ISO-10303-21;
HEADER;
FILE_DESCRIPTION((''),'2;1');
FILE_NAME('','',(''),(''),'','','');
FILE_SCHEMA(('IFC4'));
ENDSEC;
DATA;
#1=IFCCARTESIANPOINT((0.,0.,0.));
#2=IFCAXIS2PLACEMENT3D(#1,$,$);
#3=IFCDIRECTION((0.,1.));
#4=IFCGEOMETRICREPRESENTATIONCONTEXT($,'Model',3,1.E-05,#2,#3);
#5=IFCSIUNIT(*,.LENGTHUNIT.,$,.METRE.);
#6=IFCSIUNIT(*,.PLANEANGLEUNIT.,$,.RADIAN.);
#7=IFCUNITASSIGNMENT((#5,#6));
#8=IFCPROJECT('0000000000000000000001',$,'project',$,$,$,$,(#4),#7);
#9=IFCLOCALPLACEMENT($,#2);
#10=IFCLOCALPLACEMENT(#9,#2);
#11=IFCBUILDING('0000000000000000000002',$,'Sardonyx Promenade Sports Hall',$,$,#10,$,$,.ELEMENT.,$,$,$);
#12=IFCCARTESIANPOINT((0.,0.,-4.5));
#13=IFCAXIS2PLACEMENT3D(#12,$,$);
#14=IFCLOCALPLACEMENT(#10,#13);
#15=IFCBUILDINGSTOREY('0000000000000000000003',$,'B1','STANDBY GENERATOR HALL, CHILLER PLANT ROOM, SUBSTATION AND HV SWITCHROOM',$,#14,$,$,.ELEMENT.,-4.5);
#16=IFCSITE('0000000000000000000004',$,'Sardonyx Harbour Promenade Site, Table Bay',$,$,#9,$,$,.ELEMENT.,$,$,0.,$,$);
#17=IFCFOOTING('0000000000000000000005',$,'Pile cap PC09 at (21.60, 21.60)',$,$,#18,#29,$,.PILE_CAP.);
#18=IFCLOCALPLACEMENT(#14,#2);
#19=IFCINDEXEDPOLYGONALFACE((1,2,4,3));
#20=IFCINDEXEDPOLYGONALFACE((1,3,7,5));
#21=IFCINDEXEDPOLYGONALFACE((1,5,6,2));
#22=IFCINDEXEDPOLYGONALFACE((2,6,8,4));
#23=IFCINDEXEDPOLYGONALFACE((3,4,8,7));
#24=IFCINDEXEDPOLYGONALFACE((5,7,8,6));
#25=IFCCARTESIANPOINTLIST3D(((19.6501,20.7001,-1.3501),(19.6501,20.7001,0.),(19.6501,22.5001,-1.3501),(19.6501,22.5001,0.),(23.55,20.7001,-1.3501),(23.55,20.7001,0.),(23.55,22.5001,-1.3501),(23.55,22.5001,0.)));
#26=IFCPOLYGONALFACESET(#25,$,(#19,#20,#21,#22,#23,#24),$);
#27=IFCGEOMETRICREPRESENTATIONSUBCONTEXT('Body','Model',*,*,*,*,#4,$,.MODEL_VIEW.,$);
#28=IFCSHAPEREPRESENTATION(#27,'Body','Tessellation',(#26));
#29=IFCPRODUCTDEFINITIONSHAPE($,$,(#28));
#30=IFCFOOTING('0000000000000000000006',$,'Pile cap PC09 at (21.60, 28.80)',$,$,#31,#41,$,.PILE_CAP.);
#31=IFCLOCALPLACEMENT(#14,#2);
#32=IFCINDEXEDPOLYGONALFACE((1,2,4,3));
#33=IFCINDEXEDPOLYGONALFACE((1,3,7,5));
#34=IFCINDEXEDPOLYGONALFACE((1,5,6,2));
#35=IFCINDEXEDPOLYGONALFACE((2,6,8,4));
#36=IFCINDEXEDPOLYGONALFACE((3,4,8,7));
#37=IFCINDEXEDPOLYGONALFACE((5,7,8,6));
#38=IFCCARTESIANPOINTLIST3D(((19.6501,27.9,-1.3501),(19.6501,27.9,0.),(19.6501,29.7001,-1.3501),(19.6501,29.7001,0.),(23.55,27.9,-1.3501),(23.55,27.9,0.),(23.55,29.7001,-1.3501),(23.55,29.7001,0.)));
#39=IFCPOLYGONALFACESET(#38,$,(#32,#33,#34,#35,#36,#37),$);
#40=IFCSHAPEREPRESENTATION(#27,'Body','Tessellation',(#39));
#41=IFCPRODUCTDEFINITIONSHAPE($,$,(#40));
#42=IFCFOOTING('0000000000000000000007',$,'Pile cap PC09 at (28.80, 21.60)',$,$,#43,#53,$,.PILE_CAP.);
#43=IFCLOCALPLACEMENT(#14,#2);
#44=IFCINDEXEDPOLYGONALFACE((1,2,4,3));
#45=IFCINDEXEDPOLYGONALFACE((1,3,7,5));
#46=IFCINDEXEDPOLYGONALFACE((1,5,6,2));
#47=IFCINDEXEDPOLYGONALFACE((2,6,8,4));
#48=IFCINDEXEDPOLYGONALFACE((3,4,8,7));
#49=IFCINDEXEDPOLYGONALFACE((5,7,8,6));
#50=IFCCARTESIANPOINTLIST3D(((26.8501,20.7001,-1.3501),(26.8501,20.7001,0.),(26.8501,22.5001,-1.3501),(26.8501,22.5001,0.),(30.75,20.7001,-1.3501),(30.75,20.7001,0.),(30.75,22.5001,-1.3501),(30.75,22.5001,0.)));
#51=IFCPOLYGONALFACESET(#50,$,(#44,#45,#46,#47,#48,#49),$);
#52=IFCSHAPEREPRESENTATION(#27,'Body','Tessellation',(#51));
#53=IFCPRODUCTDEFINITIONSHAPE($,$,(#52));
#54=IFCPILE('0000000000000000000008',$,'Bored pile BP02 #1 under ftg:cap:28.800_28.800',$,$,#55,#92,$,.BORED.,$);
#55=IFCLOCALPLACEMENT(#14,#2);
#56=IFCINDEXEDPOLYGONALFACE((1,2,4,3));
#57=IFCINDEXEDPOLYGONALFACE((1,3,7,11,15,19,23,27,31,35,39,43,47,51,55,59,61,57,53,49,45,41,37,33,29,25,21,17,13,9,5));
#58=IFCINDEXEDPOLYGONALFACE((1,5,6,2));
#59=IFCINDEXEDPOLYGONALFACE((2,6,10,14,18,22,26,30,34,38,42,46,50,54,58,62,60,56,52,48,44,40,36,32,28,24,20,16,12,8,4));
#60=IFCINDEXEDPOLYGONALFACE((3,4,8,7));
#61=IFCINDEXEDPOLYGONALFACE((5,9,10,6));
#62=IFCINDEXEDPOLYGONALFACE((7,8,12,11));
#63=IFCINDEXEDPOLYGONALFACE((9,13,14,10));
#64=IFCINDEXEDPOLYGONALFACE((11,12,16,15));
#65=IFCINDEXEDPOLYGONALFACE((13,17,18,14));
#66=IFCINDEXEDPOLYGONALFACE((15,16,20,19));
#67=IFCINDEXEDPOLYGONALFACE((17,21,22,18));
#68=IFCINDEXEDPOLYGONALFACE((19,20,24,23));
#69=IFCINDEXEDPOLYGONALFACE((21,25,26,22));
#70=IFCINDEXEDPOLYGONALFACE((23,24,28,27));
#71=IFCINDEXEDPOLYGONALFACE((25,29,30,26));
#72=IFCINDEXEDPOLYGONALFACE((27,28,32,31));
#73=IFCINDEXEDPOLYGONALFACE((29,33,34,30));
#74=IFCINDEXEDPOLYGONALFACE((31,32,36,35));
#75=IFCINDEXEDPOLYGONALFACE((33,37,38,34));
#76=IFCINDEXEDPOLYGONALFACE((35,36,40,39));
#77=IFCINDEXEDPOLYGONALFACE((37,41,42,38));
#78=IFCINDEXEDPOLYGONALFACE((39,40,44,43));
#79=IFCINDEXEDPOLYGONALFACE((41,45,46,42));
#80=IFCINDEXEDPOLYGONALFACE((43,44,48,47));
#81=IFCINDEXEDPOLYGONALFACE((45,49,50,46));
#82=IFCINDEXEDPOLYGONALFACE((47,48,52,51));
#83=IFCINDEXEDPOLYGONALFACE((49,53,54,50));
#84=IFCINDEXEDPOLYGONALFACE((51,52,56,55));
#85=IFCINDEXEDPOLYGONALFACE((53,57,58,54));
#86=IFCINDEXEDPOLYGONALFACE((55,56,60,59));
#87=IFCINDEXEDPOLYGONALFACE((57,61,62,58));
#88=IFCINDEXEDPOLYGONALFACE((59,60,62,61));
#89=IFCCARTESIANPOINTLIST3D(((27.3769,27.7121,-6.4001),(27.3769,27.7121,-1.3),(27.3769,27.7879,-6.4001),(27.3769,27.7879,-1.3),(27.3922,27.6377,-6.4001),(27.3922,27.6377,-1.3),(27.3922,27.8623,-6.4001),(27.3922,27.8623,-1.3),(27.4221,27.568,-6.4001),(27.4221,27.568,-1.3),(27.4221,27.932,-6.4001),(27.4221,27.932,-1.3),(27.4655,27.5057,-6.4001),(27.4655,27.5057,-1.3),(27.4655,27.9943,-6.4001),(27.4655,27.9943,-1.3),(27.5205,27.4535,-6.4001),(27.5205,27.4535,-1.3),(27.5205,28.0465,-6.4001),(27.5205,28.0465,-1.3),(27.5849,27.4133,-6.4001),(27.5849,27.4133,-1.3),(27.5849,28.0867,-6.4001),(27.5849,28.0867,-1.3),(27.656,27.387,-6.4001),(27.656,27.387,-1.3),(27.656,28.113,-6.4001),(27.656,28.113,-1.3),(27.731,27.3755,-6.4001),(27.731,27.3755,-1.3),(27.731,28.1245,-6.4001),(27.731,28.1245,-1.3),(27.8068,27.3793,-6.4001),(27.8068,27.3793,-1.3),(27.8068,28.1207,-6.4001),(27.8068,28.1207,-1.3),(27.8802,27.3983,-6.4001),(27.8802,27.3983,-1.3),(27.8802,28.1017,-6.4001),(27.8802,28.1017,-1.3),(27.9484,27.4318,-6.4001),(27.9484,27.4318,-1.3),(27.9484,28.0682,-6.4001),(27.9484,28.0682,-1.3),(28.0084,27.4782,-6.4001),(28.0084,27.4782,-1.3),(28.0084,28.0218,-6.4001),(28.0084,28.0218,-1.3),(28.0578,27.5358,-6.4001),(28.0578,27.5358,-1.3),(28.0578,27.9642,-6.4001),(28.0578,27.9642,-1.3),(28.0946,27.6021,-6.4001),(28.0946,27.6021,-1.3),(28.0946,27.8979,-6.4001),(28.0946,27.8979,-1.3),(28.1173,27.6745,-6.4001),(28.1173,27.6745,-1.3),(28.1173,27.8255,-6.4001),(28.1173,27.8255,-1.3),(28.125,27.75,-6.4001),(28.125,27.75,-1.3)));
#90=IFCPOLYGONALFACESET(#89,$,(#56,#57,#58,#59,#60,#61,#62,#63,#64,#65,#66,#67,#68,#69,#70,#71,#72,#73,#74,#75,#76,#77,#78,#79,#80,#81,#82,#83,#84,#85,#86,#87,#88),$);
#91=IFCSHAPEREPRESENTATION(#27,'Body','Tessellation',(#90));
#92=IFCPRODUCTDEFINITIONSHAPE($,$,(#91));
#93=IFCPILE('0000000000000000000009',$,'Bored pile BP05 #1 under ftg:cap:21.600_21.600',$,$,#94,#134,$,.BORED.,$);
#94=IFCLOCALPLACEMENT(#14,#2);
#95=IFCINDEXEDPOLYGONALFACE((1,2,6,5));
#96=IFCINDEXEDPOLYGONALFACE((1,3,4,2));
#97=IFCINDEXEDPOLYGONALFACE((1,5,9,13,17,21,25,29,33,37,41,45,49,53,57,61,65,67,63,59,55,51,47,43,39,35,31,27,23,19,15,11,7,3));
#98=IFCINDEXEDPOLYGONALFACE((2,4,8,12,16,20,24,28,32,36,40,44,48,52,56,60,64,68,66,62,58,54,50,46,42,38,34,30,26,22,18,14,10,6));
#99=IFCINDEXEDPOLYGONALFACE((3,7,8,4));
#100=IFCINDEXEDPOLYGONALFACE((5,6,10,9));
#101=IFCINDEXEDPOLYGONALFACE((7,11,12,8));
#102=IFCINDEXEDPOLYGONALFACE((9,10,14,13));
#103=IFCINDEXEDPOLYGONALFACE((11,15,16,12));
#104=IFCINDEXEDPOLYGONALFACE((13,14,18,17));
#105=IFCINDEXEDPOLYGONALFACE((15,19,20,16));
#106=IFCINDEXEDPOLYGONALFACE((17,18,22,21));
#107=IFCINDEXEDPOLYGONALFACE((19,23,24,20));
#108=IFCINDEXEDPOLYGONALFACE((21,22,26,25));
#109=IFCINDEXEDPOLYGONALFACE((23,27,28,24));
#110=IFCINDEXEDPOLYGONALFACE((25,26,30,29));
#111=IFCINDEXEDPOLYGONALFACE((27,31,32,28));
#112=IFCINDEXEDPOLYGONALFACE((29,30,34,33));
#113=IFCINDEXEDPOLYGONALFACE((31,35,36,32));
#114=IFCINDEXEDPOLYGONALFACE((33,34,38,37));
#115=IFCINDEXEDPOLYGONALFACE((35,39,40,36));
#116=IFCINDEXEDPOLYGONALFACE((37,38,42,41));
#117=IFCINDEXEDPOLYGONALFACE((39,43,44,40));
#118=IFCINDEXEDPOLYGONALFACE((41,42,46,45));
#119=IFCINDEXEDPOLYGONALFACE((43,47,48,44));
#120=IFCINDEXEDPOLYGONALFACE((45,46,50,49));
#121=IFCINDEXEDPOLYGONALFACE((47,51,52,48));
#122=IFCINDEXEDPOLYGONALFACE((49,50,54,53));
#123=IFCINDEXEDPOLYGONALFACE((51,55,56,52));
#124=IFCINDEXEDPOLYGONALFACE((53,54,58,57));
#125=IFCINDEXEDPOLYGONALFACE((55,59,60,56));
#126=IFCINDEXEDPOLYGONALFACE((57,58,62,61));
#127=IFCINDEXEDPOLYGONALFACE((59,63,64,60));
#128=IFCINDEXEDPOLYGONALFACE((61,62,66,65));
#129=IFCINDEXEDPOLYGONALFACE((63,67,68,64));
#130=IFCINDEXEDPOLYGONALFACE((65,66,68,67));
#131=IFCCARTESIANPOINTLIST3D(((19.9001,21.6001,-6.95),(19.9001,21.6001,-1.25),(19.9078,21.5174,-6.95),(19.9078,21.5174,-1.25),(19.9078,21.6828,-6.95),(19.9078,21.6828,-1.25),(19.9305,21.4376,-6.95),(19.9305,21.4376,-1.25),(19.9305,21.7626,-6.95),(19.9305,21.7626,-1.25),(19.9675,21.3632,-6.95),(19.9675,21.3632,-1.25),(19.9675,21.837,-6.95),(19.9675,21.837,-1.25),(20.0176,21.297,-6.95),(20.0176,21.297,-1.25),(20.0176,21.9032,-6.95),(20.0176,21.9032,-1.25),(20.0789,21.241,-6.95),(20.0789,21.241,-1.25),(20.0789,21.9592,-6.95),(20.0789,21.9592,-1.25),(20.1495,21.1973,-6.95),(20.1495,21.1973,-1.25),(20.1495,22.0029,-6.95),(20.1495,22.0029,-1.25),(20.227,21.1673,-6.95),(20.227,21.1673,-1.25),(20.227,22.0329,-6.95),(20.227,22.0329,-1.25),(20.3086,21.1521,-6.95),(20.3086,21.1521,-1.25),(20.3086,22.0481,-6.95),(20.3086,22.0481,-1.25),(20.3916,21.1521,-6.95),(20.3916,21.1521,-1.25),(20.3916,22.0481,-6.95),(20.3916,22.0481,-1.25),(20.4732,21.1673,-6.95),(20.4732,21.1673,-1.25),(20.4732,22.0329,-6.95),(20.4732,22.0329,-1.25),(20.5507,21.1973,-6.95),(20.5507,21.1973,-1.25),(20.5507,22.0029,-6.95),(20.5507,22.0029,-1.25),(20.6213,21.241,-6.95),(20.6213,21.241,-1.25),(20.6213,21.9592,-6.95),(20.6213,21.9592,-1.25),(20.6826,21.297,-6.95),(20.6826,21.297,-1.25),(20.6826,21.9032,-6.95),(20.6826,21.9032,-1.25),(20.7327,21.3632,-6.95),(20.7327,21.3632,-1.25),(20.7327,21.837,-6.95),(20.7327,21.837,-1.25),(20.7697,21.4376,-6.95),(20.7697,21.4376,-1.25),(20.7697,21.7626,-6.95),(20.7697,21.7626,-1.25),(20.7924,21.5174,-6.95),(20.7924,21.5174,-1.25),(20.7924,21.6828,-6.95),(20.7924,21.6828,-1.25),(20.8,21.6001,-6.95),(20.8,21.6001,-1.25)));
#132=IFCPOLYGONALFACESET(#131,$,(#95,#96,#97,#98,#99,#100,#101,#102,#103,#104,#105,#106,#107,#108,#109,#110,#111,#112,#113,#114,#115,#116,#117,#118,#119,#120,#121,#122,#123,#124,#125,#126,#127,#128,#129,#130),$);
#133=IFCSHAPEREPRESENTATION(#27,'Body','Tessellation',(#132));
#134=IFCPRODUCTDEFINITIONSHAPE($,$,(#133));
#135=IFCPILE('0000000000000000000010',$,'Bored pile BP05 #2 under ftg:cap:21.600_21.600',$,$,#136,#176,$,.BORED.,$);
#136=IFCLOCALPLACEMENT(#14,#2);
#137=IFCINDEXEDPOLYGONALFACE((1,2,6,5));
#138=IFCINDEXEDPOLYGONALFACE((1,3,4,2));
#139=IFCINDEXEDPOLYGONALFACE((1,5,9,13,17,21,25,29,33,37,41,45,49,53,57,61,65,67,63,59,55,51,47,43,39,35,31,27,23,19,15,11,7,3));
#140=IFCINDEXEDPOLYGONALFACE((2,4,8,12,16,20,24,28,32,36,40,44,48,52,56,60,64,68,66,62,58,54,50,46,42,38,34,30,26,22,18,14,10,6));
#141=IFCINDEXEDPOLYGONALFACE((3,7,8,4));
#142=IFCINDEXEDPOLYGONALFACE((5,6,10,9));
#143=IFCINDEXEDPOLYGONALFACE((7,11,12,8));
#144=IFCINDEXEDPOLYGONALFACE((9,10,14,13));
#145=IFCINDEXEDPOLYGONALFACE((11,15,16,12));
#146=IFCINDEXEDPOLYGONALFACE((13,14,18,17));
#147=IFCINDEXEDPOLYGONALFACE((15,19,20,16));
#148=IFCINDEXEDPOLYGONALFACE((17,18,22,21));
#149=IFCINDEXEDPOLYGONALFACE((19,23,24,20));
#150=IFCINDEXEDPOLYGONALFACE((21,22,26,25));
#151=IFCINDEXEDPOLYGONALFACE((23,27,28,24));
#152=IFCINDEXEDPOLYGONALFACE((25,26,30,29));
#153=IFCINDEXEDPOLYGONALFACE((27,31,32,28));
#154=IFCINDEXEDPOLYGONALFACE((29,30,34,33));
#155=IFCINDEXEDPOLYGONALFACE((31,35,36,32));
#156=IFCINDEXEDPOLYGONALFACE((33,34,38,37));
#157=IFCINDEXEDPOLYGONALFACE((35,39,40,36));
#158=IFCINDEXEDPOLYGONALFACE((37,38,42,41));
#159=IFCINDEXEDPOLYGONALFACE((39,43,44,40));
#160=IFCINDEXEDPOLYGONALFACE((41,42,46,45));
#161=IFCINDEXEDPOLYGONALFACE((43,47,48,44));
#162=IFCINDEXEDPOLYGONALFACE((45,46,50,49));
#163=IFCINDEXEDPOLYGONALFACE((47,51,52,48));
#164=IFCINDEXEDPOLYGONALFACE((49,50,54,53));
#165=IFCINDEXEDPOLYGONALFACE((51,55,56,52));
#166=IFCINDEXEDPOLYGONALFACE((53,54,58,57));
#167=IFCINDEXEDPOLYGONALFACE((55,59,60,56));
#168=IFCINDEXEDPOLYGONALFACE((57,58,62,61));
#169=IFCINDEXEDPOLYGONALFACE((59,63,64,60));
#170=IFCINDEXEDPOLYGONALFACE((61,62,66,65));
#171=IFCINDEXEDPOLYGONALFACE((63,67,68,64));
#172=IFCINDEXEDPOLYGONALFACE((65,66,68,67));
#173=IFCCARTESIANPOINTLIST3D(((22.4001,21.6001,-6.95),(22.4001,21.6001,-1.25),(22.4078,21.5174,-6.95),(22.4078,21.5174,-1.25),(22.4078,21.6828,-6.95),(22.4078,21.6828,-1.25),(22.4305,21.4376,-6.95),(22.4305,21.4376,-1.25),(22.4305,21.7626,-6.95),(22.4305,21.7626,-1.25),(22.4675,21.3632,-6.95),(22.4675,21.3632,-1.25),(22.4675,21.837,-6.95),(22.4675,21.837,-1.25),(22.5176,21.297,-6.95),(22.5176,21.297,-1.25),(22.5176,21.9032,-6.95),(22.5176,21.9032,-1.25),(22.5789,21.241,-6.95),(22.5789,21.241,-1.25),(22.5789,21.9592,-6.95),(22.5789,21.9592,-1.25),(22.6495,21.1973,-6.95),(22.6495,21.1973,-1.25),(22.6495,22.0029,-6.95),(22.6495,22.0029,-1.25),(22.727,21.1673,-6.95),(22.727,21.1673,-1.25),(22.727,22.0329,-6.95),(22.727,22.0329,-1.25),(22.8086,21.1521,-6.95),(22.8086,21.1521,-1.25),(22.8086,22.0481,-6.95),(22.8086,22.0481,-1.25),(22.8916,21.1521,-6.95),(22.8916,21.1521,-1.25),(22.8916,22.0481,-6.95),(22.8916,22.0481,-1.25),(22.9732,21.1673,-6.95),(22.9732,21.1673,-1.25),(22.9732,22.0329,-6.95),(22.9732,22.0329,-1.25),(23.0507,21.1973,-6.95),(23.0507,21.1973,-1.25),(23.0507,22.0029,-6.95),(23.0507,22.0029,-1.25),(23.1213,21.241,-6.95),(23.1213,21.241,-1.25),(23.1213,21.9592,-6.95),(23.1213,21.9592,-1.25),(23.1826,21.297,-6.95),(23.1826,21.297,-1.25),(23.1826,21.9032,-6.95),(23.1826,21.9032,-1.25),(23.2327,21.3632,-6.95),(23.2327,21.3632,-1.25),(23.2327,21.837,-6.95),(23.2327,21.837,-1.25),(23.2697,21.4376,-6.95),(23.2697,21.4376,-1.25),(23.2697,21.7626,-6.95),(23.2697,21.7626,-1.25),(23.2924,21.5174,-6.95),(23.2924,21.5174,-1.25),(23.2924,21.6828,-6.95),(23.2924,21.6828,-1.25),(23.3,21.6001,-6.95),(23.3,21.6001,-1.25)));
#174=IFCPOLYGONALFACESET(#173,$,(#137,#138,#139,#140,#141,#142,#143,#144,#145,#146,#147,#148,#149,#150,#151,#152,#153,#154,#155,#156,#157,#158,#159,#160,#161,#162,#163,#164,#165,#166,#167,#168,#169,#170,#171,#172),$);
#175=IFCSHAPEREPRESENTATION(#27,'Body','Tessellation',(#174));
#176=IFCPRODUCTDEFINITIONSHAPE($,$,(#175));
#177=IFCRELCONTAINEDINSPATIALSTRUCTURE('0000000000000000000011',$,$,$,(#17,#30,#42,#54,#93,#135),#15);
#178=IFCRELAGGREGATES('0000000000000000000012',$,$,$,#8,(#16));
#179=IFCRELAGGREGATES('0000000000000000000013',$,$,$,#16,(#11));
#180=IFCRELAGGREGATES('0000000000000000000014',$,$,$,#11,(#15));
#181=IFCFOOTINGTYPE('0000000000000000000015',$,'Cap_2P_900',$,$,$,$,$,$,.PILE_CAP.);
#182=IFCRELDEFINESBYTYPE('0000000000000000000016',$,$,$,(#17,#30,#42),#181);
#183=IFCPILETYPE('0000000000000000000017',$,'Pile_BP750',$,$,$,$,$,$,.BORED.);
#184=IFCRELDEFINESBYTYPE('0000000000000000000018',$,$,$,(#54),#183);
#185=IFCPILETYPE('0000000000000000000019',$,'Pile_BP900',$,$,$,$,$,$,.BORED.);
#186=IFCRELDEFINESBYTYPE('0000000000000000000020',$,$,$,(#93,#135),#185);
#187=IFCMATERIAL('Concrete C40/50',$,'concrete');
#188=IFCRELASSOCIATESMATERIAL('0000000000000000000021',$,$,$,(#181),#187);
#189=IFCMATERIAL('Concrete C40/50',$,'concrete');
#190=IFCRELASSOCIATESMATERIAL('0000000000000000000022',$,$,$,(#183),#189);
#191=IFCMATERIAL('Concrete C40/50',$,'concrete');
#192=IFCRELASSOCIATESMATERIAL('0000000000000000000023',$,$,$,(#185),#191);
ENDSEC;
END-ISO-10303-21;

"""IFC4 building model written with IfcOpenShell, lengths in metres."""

from ifc_helpers import new_model, si_unit, direction, frame, origin, origin_2d, place, context, subcontext, project, spatial, rectangle, circle, extrude, material, material_profile, profile_set, type_object, element, save


model = new_model("IFC4")

# Units and contexts
model_context = context("Model", 3, precision=1e-05, world=origin(), true_north=direction((0.0, 1.0)))
body_context = subcontext(model_context, "Body", "Model", "MODEL_VIEW")
ifc_project = project(units=[si_unit("LENGTHUNIT", "METRE"), si_unit("PLANEANGLEUNIT", "RADIAN")], contexts=[model_context])

# Site, building, storey
site_placement = place(None, origin())
site = spatial("IfcSite", under=ifc_project, at=site_placement, Name="Sardonyx Harbour Promenade Site, Table Bay", CompositionType="ELEMENT", RefElevation=0.0)
building_placement = place(site_placement, origin())
building = spatial("IfcBuilding", under=site, at=building_placement, Name="Sardonyx Promenade Sports Hall", CompositionType="ELEMENT")
storey_placement = place(building_placement, frame((0.0, 0.0, -4.5)))
storey = spatial("IfcBuildingStorey", under=building, at=storey_placement, Name="B1", Description="STANDBY GENERATOR HALL, CHILLER PLANT ROOM, SUBSTATION AND HV SWITCHROOM", CompositionType="ELEMENT", Elevation=-4.5)

# Footings
ifc_material_1 = material(Name="Concrete C40/50", Category="concrete")
footing_type = type_object("IfcFootingType", Name="Cap_2P_900", PredefinedType="PILE_CAP", material=ifc_material_1)
for number, where, z_axis, x_axis, name in (
    (1, (21.6001, 21.6001, -1.3501), (0.0, 0.0, 1.0), (1.0, 0.0, 0.0), "Pile cap PC09 at (21.60, 21.60)"),
    (2, (21.6001, 28.8, -1.3501), (0.0, 0.0, 1.0), (1.0, 0.0, 0.0), "Pile cap PC09 at (21.60, 28.80)"),
    (3, (28.8, 21.6001, -1.3501), (0.0, 0.0, 1.0), (1.0, 0.0, 0.0), "Pile cap PC09 at (28.80, 21.60)"),
):
    element("IfcFooting", number, at=place(storey_placement, frame(where, z_axis=z_axis, x_axis=x_axis)), inside=storey, type_object=footing_type, Name=name, PredefinedType="PILE_CAP", context=body_context, shape_type="SweptSolid", body=[
        extrude(rectangle(XDim=3.8999, YDim=1.8, at=origin_2d()), origin(), (0.0, 0.0, 1.0), 1.3501),
    ])

# Piles
ifc_material_2 = material(Name="Concrete C40/50", Category="concrete")
ifc_material_profile_1 = material_profile(ifc_material_2, circle(Radius=0.375, at=origin_2d()))
ifc_profile_set_1 = profile_set([ifc_material_profile_1], Name="Concrete C40/50")
pile_type_1 = type_object("IfcPileType", Name="Pile_BP750", PredefinedType="BORED", material=ifc_profile_set_1)
pile_placement = place(storey_placement, frame((27.75, 27.75, -1.3), z_axis=(0.0, 0.0, -1.0), x_axis=(1.0, 0.0, 0.0)))
element("IfcPile", 4, at=pile_placement, inside=storey, type_object=pile_type_1, Name="Bored pile BP02 #1 under ftg:cap:28.800_28.800", PredefinedType="BORED", context=body_context, shape_type="SweptSolid", body=[
    extrude(circle(Radius=0.375, at=origin_2d()), origin(), (0.0, 0.0, 1.0), 5.1001),
])
ifc_material_3 = material(Name="Concrete C40/50", Category="concrete")
ifc_material_profile_2 = material_profile(ifc_material_3, circle(Radius=0.45, at=origin_2d()))
ifc_profile_set_2 = profile_set([ifc_material_profile_2], Name="Concrete C40/50")
pile_type_2 = type_object("IfcPileType", Name="Pile_BP900", PredefinedType="BORED", material=ifc_profile_set_2)
for number, where, z_axis, x_axis, name in (
    (5, (20.3501, 21.6001, -1.25), (0.0, 0.0, -1.0), (1.0, 0.0, 0.0), "Bored pile BP05 #1 under ftg:cap:21.600_21.600"),
    (6, (22.8501, 21.6001, -1.25), (0.0, 0.0, -1.0), (1.0, 0.0, 0.0), "Bored pile BP05 #2 under ftg:cap:21.600_21.600"),
):
    element("IfcPile", number, at=place(storey_placement, frame(where, z_axis=z_axis, x_axis=x_axis)), inside=storey, type_object=pile_type_2, Name=name, PredefinedType="BORED", context=body_context, shape_type="SweptSolid", body=[
        extrude(circle(Radius=0.45, at=origin_2d()), origin(), (0.0, 0.0, 1.0), 5.7),
    ])

save(model, "model.ifc")
